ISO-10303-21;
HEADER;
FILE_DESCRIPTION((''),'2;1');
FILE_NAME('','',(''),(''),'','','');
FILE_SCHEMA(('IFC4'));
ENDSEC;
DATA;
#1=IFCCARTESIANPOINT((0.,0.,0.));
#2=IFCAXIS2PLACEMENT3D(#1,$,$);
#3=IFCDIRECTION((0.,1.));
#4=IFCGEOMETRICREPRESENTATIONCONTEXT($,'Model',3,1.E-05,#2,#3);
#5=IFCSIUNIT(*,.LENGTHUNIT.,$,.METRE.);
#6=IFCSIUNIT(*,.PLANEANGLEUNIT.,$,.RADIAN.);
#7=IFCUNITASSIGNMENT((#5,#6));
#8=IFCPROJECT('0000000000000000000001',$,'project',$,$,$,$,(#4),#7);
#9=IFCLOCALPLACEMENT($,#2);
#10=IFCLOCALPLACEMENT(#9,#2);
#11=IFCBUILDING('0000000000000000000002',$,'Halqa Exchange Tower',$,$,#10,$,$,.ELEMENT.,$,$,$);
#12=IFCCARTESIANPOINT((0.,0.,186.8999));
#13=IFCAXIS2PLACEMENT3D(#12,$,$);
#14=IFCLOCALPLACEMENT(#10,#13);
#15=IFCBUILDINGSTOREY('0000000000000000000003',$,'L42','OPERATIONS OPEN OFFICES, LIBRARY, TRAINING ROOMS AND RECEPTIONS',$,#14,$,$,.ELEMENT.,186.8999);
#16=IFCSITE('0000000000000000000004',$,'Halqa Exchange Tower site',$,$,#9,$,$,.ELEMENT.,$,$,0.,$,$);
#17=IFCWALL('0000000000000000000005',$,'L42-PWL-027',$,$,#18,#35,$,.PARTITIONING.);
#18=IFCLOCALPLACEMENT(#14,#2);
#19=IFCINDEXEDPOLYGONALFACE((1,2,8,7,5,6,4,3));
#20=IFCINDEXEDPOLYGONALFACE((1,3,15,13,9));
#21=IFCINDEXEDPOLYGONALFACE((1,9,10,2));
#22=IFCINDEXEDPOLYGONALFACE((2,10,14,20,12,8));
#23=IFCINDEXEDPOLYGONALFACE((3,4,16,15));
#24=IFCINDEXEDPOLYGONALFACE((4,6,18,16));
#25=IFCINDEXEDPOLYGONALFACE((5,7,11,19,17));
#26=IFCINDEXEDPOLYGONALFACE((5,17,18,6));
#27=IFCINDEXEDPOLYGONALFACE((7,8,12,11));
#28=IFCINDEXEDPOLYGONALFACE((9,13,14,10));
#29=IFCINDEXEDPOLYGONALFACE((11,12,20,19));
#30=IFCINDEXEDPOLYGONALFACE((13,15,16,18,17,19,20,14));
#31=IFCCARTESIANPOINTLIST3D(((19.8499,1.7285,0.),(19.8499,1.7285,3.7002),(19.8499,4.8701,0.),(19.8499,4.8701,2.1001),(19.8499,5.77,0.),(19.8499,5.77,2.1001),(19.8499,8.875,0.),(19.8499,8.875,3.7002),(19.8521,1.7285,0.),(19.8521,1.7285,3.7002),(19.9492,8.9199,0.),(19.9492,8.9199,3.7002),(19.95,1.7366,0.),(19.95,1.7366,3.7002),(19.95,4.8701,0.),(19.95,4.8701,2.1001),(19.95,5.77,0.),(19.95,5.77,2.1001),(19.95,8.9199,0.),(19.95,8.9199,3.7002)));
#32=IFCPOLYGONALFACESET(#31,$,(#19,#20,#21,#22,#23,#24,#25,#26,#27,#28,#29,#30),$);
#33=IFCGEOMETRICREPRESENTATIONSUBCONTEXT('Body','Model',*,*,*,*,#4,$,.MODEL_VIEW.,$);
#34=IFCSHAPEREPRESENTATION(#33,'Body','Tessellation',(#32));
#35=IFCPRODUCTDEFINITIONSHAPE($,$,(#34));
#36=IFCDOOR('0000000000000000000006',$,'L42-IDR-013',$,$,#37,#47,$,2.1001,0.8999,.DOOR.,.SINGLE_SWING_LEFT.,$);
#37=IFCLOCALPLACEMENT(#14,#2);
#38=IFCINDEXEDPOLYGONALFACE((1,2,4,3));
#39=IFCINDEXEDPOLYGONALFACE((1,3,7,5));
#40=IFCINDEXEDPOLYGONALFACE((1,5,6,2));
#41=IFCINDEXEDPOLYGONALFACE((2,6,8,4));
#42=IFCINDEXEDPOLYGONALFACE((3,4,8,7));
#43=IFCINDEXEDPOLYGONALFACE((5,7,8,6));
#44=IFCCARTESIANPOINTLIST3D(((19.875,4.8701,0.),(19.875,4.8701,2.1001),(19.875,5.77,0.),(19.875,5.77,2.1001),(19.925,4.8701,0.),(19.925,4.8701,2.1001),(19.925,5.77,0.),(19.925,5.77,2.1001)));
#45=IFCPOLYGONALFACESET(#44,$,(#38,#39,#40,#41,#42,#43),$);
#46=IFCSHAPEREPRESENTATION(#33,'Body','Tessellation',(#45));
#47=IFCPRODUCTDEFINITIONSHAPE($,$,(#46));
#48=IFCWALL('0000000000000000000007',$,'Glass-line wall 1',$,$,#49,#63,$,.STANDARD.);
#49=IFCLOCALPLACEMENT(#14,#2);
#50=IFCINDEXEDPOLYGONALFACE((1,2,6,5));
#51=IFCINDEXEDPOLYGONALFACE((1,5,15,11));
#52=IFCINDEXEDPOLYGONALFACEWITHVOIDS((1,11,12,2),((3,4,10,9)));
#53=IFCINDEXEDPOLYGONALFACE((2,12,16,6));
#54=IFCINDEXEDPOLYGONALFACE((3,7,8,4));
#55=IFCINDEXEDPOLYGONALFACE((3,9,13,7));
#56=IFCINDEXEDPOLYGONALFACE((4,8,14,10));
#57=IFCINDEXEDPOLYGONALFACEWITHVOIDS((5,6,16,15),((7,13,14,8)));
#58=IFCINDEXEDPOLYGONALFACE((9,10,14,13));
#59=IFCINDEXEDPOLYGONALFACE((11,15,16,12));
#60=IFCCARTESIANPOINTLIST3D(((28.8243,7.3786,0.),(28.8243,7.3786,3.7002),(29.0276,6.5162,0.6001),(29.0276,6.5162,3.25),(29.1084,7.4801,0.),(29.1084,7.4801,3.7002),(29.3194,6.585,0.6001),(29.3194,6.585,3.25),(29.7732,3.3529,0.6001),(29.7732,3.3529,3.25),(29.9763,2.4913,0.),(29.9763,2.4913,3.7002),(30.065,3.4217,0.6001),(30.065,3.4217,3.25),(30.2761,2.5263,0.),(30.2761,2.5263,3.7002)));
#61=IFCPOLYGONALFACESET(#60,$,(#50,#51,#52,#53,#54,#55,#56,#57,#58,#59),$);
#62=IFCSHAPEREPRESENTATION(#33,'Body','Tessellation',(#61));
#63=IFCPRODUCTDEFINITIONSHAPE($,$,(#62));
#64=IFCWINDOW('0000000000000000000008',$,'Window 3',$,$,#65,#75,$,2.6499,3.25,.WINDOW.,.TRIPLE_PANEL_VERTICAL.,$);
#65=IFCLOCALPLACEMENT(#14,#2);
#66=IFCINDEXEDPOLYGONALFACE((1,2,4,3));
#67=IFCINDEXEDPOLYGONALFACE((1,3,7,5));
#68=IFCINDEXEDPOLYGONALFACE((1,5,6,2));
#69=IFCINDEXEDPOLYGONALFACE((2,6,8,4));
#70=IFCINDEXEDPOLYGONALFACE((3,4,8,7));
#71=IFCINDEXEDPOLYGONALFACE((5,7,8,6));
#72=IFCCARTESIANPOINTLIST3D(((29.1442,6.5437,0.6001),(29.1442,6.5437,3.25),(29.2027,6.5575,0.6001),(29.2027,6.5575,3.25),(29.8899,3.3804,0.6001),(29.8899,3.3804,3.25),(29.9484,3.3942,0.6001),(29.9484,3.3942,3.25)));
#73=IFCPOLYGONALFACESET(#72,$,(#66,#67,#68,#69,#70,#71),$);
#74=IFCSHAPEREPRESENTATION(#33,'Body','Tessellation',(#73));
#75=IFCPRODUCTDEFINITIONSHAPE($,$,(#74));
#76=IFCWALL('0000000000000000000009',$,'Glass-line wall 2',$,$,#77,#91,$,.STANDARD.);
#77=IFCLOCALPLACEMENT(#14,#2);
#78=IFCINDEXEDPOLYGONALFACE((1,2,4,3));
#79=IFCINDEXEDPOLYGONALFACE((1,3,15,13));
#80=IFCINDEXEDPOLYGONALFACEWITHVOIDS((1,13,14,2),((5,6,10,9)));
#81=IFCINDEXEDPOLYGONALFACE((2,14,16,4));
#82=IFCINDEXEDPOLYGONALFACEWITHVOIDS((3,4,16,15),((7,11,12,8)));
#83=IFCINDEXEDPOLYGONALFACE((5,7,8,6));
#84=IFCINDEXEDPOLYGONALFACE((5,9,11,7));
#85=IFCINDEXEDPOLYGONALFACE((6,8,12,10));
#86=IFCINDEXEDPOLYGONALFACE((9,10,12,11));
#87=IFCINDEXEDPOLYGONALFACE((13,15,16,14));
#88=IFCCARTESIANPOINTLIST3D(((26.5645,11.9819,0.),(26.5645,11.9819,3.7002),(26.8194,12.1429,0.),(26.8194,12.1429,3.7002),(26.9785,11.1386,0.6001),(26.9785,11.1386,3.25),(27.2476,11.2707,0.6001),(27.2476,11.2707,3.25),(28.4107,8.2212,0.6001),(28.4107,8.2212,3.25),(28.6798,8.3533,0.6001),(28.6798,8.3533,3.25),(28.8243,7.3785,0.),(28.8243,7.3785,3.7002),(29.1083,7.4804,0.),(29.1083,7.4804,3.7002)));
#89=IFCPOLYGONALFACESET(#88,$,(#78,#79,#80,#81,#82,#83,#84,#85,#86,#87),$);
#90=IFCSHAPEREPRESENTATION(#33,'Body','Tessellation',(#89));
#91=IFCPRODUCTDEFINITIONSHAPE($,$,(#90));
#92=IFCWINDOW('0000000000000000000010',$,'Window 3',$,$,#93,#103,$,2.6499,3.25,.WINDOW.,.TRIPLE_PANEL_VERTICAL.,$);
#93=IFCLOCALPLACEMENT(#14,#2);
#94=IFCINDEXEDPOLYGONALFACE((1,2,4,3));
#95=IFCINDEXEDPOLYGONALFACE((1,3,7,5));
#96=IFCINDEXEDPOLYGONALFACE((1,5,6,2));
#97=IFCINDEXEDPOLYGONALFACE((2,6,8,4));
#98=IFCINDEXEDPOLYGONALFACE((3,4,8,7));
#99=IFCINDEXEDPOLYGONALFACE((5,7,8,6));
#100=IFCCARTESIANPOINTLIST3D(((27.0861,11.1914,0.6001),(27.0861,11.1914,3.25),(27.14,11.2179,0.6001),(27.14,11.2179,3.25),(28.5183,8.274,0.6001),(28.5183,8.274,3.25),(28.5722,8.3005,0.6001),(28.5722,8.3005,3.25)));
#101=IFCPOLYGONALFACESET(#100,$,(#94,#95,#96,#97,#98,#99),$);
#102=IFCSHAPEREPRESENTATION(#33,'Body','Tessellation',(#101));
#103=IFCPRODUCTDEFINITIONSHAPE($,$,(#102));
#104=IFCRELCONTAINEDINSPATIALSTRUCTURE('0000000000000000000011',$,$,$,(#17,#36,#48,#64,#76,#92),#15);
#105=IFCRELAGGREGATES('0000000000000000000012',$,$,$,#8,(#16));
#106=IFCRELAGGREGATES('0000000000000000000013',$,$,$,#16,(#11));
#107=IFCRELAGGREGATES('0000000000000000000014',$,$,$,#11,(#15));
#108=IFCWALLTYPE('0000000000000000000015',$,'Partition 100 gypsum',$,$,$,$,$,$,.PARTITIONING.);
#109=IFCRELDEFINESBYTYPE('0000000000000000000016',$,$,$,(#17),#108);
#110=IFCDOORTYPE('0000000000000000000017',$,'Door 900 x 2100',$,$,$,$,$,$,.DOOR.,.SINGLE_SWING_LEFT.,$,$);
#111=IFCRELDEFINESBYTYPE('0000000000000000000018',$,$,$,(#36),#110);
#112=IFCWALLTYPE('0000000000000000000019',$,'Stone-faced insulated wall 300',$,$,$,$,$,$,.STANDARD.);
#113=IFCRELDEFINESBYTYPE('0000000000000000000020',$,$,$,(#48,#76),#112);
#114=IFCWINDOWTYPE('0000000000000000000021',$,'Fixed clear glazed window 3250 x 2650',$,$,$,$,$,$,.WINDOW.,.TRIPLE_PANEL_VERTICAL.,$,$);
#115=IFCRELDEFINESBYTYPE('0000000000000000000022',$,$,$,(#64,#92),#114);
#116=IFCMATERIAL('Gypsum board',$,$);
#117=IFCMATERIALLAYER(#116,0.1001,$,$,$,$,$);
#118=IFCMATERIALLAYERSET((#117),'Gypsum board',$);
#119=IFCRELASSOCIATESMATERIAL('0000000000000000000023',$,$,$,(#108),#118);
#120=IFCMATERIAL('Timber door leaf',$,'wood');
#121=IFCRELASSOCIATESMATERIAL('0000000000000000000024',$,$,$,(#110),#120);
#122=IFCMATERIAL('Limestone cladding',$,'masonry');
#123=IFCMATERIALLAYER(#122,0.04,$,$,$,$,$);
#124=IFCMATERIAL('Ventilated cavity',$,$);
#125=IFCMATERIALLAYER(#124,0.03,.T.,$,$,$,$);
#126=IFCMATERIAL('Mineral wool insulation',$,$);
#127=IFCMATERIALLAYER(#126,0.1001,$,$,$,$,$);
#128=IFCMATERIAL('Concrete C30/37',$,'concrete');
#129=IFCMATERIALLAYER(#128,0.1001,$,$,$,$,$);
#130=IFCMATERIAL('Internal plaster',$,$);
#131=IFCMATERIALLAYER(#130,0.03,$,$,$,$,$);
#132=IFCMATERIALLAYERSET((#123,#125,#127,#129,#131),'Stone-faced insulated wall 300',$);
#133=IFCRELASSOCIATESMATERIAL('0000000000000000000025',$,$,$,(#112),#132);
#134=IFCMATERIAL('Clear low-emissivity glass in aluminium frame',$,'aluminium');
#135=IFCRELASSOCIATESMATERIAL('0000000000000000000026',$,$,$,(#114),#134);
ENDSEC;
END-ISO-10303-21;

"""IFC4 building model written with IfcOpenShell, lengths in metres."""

from ifc_helpers import new_model, si_unit, direction, frame, frame_2d, origin, place, context, subcontext, project, spatial, polyline, rectangle, outline, extrude, material, layer, layer_set, type_object, element, fill, save


model = new_model("IFC4")

# Units and contexts
model_context = context("Model", 3, precision=1e-05, world=origin(), true_north=direction((0.0, 1.0)))
body_context = subcontext(model_context, "Body", "Model", "MODEL_VIEW")
ifc_project = project(units=[si_unit("LENGTHUNIT", "METRE"), si_unit("PLANEANGLEUNIT", "RADIAN")], contexts=[model_context])

# Site, building, storey
site_placement = place(None, origin())
site = spatial("IfcSite", under=ifc_project, at=site_placement, Name="Halqa Exchange Tower site", CompositionType="ELEMENT", RefElevation=0.0)
building_placement = place(site_placement, origin())
building = spatial("IfcBuilding", under=site, at=building_placement, Name="Halqa Exchange Tower", CompositionType="ELEMENT")
storey_placement = place(building_placement, frame((0.0, 0.0, 186.8999)))
storey = spatial("IfcBuildingStorey", under=building, at=storey_placement, Name="L42", Description="OPERATIONS OPEN OFFICES, LIBRARY, TRAINING ROOMS AND RECEPTIONS", CompositionType="ELEMENT", Elevation=186.8999)

# Wall, opening, door
ifc_material_1 = material(Name="Gypsum board")
ifc_layer_1 = layer(ifc_material_1, 0.1001)
ifc_layer_set_1 = layer_set([ifc_layer_1], Name="Gypsum board")
wall_type_1 = type_object("IfcWallType", Name="Partition 100 gypsum", PredefinedType="PARTITIONING", material=ifc_layer_set_1)
wall_1_placement = place(storey_placement, frame((19.8999, 8.9199, 0.0), z_axis=(0.0, 0.0, 1.0), x_axis=(0.0, -1.0, 0.0)))
wall_1 = element("IfcWall", 1, at=wall_1_placement, inside=storey, type_object=wall_type_1, Name="L42-PWL-027", PredefinedType="PARTITIONING", context=body_context, shape_type="SweptSolid", body=[
    extrude(outline(polyline([(7.1914, -0.05), (7.1914, -0.0479), (7.1833, 0.05), (5.3875, 0.05), (3.5916, 0.05), (1.7959, 0.05), (0.0, 0.05), (0.0, 0.0493), (0.0449, -0.05), (1.8315, -0.05), (3.6182, -0.05), (5.4048, -0.05), (7.1914, -0.05)])), origin(), (0.0, 0.0, 1.0), 3.7002),
])
opening_1_placement = place(wall_1_placement, frame((3.1499, 0.0, 0.0)))
opening_1 = element("IfcOpeningElement", 2, at=opening_1_placement, cuts=wall_1, PredefinedType="OPENING", context=body_context, shape_type="SweptSolid", body=[
    extrude(rectangle(XDim=0.8999, YDim=2.1001, at=frame_2d((0.45, 1.05))), frame((0.0, 0.062, 0.0), z_axis=(0.0, -1.0, 0.0), x_axis=(1.0, 0.0, 0.0)), (0.0, 0.0, 1.0), 0.124),
])
ifc_material_2 = material(Name="Timber door leaf", Category="wood")
door_type_1 = type_object("IfcDoorType", Name="Door 900 x 2100", OperationType="SINGLE_SWING_LEFT", PredefinedType="DOOR", material=ifc_material_2)
door_1_placement = place(opening_1_placement, frame((0.8999, 0.0, 0.0), z_axis=(0.0, 0.0, 1.0), x_axis=(-1.0, 0.0, 0.0)))
door_1 = element("IfcDoor", 3, at=door_1_placement, inside=storey, type_object=door_type_1, Name="L42-IDR-013", OperationType="SINGLE_SWING_LEFT", OverallHeight=2.1001, OverallWidth=0.8999, PredefinedType="DOOR", context=body_context, shape_type="SweptSolid", body=[
    extrude(rectangle(XDim=0.8999, YDim=2.1001, at=frame_2d((0.45, 1.05))), frame((0.0, 0.0249, 0.0), z_axis=(0.0, -1.0, 0.0), x_axis=(1.0, 0.0, 0.0)), (0.0, 0.0, 1.0), 0.05),
])
fill(opening_1, door_1)

# Walls, openings, windows
ifc_material_3 = material(Name="Limestone cladding", Category="masonry")
ifc_layer_2 = layer(ifc_material_3, 0.04)
ifc_material_4 = material(Name="Ventilated cavity")
ifc_layer_3 = layer(ifc_material_4, 0.03, ventilated=True)
ifc_material_5 = material(Name="Mineral wool insulation")
ifc_layer_4 = layer(ifc_material_5, 0.1001)
ifc_material_6 = material(Name="Concrete C30/37", Category="concrete")
ifc_layer_5 = layer(ifc_material_6, 0.1001)
ifc_material_7 = material(Name="Internal plaster")
ifc_layer_6 = layer(ifc_material_7, 0.03)
ifc_layer_set_2 = layer_set([ifc_layer_2, ifc_layer_3, ifc_layer_4, ifc_layer_5, ifc_layer_6], Name="Stone-faced insulated wall 300")
wall_type_2 = type_object("IfcWallType", Name="Stone-faced insulated wall 300", PredefinedType="STANDARD", material=ifc_layer_set_2)
wall_2_placement = place(storey_placement, frame((30.1262, 2.5088, 0.0), z_axis=(0.0, 0.0, 1.0), x_axis=(-0.229435, 0.973324, 0.0)))
wall_2 = element("IfcWall", 4, at=wall_2_placement, inside=storey, type_object=wall_type_2, Name="Glass-line wall 1", PredefinedType="STANDARD", context=body_context, shape_type="SweptSolid", body=[
    extrude(outline(polyline([(-0.0173, -0.1499), (5.0723, -0.1499), (5.0386, 0.1499), (0.0173, 0.1499), (-0.0173, -0.1499)])), origin(), (0.0, 0.0, 1.0), 3.7002),
])
opening_2_placement = place(wall_2_placement, frame((0.9026, 0.0, 0.6001)))
opening_2 = element("IfcOpeningElement", 5, at=opening_2_placement, cuts=wall_2, PredefinedType="OPENING", context=body_context, shape_type="SweptSolid", body=[
    extrude(rectangle(XDim=3.25, YDim=2.6499, at=frame_2d((1.625, 1.325))), frame((0.0, 0.1621, 0.0), z_axis=(0.0, -1.0, 0.0), x_axis=(1.0, 0.0, 0.0)), (0.0, 0.0, 1.0), 0.324),
])
ifc_material_8 = material(Name="Clear low-emissivity glass in aluminium frame", Category="aluminium")
window_type = type_object("IfcWindowType", Name="Fixed clear glazed window 3250 x 2650", PartitioningType="TRIPLE_PANEL_VERTICAL", PredefinedType="WINDOW", material=ifc_material_8)
window_1_placement = place(opening_2_placement, origin())
window_1 = element("IfcWindow", 6, at=window_1_placement, inside=storey, type_object=window_type, Name="Window 3", OverallHeight=2.6499, OverallWidth=3.25, PartitioningType="TRIPLE_PANEL_VERTICAL", PredefinedType="WINDOW", context=body_context, shape_type="SweptSolid", body=[
    extrude(rectangle(XDim=3.25, YDim=2.6499, at=frame_2d((1.625, 1.325))), frame((0.0, 0.03, 0.0), z_axis=(0.0, -1.0, 0.0), x_axis=(1.0, 0.0, 0.0)), (0.0, 0.0, 1.0), 0.0601),
])
fill(opening_2, window_1)
wall_3_placement = place(storey_placement, frame((28.9663, 7.4294, 0.0), z_axis=(0.0, 0.0, 1.0), x_axis=(-0.440674, 0.897667, 0.0)))
wall_3 = element("IfcWall", 7, at=wall_3_placement, inside=storey, type_object=wall_type_2, Name="Glass-line wall 2", PredefinedType="STANDARD", context=body_context, shape_type="SweptSolid", body=[
    extrude(outline(polyline([(-0.0168, -0.1499), (5.1772, -0.1499), (5.145, 0.1499), (0.0168, 0.1499), (-0.0168, -0.1499)])), origin(), (0.0, 0.0, 1.0), 3.7002),
])
opening_3_placement = place(wall_3_placement, frame((0.9556, 0.0, 0.6001)))
opening_3 = element("IfcOpeningElement", 8, at=opening_3_placement, cuts=wall_3, PredefinedType="OPENING", context=body_context, shape_type="SweptSolid", body=[
    extrude(rectangle(XDim=3.25, YDim=2.6499, at=frame_2d((1.625, 1.325))), frame((0.0, 0.1621, 0.0), z_axis=(0.0, -1.0, 0.0), x_axis=(1.0, 0.0, 0.0)), (0.0, 0.0, 1.0), 0.324),
])
window_2_placement = place(opening_3_placement, origin())
window_2 = element("IfcWindow", 9, at=window_2_placement, inside=storey, type_object=window_type, Name="Window 3", OverallHeight=2.6499, OverallWidth=3.25, PartitioningType="TRIPLE_PANEL_VERTICAL", PredefinedType="WINDOW", context=body_context, shape_type="SweptSolid", body=[
    extrude(rectangle(XDim=3.25, YDim=2.6499, at=frame_2d((1.625, 1.325))), frame((0.0, 0.03, 0.0), z_axis=(0.0, -1.0, 0.0), x_axis=(1.0, 0.0, 0.0)), (0.0, 0.0, 1.0), 0.0601),
])
fill(opening_3, window_2)

save(model, "model.ifc")
